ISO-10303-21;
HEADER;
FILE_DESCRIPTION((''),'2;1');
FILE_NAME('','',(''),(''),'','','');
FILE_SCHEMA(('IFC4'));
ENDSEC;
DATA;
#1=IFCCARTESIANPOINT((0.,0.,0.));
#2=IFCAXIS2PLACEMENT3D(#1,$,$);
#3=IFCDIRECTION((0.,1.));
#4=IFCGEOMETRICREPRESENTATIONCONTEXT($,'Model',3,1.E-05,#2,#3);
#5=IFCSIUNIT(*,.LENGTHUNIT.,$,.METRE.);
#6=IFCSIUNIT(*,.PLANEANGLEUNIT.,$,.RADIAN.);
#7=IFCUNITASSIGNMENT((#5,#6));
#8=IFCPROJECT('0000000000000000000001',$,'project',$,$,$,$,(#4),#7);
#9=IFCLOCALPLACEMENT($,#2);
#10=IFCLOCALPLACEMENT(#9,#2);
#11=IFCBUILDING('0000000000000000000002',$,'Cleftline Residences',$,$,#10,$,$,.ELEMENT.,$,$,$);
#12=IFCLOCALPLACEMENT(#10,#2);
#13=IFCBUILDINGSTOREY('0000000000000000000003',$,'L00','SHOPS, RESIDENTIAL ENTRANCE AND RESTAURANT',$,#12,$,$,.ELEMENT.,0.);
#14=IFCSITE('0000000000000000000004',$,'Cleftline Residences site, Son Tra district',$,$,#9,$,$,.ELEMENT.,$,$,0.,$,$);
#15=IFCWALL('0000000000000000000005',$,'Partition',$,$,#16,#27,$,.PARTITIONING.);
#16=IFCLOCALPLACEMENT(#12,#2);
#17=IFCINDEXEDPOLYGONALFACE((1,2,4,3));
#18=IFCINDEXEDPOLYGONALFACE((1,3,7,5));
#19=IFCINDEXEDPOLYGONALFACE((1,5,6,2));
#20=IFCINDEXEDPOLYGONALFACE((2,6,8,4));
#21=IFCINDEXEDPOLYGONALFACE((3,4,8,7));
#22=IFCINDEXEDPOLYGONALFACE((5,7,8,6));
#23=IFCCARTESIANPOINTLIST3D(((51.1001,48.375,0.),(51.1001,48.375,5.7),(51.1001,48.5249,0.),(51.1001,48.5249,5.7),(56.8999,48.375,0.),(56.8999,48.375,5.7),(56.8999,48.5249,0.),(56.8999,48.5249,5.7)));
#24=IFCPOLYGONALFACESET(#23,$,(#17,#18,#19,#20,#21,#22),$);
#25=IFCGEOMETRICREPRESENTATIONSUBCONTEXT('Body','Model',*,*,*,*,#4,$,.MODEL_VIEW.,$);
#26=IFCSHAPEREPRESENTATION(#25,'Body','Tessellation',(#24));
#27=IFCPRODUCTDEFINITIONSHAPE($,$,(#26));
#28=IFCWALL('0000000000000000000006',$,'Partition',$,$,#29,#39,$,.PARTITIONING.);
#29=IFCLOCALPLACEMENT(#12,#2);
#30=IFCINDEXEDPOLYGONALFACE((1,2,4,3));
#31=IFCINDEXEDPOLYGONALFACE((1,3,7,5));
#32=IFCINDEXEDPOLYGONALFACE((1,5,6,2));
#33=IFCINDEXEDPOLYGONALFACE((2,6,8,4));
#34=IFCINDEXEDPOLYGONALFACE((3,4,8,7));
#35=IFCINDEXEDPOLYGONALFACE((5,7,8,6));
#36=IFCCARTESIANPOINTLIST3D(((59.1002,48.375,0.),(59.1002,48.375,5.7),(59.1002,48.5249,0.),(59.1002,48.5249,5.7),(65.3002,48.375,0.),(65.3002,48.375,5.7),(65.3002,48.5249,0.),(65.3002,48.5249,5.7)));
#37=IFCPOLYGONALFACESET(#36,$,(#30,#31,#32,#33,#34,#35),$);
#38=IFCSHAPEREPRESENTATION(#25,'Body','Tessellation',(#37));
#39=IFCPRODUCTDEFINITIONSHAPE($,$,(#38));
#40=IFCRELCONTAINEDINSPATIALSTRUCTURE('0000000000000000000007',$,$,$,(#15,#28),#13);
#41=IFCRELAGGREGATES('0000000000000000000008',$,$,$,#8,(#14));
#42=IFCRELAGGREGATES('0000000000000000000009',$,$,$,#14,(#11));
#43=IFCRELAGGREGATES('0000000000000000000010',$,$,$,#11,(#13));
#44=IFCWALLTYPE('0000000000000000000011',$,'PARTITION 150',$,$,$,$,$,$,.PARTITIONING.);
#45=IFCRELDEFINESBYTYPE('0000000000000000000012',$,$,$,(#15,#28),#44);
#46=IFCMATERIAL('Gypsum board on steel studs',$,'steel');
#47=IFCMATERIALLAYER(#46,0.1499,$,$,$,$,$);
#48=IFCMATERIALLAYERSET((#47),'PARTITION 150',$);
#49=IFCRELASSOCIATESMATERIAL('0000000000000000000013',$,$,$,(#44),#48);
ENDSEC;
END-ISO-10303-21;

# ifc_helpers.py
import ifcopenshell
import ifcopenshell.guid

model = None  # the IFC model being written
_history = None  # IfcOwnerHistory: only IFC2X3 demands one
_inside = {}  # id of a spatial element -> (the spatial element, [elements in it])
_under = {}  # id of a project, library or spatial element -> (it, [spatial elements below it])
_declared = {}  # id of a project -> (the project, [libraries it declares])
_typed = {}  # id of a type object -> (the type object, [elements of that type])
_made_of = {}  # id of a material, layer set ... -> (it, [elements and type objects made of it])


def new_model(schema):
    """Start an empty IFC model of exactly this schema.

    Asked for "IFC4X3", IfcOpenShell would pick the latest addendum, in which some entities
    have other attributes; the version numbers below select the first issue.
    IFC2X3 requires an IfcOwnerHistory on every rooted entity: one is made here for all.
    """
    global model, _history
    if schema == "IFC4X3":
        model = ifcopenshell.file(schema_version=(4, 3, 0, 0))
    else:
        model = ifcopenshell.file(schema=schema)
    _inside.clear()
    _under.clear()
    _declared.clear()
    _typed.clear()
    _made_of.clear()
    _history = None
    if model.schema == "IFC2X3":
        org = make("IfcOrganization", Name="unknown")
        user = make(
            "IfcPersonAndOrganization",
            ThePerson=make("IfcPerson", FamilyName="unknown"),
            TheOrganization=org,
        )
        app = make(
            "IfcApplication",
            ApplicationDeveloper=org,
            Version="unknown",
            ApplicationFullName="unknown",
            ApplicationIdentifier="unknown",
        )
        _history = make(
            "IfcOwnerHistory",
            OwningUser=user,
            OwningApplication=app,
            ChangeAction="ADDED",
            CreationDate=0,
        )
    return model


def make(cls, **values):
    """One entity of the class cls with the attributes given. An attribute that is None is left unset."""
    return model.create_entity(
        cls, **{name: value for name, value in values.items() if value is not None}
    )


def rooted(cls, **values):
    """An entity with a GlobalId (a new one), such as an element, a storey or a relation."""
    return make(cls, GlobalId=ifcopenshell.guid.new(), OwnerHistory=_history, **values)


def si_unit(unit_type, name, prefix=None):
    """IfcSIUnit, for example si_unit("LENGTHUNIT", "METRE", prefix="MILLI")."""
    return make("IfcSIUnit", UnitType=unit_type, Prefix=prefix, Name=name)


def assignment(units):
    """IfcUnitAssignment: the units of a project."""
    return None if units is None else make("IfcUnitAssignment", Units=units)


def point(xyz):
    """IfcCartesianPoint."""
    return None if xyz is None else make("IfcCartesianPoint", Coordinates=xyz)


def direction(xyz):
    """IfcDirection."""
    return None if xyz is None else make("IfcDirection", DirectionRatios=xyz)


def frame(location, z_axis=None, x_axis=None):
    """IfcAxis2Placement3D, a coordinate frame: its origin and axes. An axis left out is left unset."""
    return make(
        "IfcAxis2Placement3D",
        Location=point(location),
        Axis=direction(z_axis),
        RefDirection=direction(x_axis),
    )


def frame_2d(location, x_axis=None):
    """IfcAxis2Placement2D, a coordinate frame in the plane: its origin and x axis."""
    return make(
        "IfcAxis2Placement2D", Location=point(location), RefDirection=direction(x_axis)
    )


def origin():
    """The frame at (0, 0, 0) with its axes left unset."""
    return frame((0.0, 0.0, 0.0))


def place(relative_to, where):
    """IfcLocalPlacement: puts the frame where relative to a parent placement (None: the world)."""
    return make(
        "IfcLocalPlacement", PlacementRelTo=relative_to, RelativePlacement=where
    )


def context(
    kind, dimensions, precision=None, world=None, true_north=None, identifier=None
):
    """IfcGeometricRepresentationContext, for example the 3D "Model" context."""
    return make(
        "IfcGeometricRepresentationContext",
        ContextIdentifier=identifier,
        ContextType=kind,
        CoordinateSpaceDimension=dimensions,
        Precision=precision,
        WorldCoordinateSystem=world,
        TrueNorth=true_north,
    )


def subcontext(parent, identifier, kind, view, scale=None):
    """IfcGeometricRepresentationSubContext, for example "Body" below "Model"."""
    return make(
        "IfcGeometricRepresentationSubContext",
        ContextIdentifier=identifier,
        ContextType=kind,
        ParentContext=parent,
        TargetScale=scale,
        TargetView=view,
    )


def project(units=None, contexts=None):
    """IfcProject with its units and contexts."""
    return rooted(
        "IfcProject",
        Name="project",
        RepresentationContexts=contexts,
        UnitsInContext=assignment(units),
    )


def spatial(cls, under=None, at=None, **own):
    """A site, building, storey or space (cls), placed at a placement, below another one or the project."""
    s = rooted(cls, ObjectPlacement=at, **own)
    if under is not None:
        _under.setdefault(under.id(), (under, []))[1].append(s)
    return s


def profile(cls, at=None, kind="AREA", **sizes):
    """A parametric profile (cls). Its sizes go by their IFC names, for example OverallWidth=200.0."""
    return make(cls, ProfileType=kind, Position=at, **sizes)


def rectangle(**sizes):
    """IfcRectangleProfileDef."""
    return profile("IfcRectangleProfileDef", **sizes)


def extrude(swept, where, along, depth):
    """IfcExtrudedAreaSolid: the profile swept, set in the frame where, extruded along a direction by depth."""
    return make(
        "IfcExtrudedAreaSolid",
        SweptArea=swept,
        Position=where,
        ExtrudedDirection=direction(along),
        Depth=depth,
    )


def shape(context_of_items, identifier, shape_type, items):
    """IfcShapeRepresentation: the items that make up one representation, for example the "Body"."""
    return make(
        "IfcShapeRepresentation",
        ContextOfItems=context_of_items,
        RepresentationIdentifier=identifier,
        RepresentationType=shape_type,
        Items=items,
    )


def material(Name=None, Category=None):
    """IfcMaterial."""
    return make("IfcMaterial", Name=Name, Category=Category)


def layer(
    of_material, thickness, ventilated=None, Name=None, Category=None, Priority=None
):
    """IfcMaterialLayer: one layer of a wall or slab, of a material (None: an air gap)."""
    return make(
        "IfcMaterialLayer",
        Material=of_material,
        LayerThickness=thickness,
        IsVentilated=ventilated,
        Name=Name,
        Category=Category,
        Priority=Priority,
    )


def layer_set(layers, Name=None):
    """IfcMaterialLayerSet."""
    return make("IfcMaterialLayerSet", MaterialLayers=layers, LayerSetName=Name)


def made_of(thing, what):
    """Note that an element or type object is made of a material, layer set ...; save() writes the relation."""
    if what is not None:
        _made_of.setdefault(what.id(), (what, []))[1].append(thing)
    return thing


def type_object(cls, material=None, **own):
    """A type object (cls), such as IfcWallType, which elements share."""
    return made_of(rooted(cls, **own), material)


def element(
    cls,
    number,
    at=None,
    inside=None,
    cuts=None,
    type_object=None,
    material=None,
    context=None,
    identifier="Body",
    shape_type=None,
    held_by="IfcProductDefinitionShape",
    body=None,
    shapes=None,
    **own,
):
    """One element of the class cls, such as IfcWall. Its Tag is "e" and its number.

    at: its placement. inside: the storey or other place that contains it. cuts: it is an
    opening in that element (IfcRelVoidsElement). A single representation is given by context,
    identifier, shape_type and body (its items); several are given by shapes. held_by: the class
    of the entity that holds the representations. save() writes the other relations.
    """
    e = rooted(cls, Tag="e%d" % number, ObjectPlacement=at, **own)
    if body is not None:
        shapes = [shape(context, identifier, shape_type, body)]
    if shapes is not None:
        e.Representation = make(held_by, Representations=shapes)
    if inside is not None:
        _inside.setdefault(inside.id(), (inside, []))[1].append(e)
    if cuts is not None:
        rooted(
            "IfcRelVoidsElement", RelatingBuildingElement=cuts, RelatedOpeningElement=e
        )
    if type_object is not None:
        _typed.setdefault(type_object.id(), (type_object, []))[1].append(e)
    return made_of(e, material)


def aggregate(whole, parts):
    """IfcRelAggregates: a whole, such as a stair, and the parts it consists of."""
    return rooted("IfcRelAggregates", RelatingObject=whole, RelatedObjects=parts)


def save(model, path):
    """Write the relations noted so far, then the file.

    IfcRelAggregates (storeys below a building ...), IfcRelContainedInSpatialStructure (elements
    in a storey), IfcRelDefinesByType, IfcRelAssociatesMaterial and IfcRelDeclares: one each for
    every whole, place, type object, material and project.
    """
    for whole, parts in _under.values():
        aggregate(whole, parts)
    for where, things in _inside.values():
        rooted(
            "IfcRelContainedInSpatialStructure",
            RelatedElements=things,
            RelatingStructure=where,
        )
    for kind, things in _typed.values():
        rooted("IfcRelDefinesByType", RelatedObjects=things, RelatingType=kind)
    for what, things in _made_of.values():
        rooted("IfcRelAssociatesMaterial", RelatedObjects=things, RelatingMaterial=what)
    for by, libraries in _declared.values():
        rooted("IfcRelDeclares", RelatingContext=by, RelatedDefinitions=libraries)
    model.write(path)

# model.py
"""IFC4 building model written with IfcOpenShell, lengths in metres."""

from ifc_helpers import new_model, si_unit, direction, frame, frame_2d, origin, place, context, subcontext, project, spatial, rectangle, extrude, material, layer, layer_set, type_object, element, save


model = new_model("IFC4")

# Units and contexts
model_context = context("Model", 3, precision=1e-05, world=origin(), true_north=direction((0.0, 1.0)))
body_context = subcontext(model_context, "Body", "Model", "MODEL_VIEW")
ifc_project = project(units=[si_unit("LENGTHUNIT", "METRE"), si_unit("PLANEANGLEUNIT", "RADIAN")], contexts=[model_context])

# Site, building, storey
site_placement = place(None, origin())
site = spatial("IfcSite", under=ifc_project, at=site_placement, Name="Cleftline Residences site, Son Tra district", CompositionType="ELEMENT", RefElevation=0.0)
building_placement = place(site_placement, origin())
building = spatial("IfcBuilding", under=site, at=building_placement, Name="Cleftline Residences", CompositionType="ELEMENT")
storey_placement = place(building_placement, origin())
storey = spatial("IfcBuildingStorey", under=building, at=storey_placement, Name="L00", Description="SHOPS, RESIDENTIAL ENTRANCE AND RESTAURANT", CompositionType="ELEMENT", Elevation=0.0)

# Walls
ifc_material_1 = material(Name="Gypsum board on steel studs", Category="steel")
ifc_layer = layer(ifc_material_1, 0.1499)
ifc_layer_set = layer_set([ifc_layer], Name="PARTITION 150")
wall_type = type_object("IfcWallType", Name="PARTITION 150", PredefinedType="PARTITIONING", material=ifc_layer_set)
wall_1_placement = place(storey_placement, frame((51.1001, 48.45, 0.0), z_axis=(0.0, 0.0, 1.0), x_axis=(1.0, 0.0, 0.0)))
element("IfcWall", 1, at=wall_1_placement, inside=storey, type_object=wall_type, Name="Partition", PredefinedType="PARTITIONING", context=body_context, shape_type="SweptSolid", body=[
    extrude(rectangle(XDim=5.7998, YDim=0.1499, at=frame_2d((2.8999, 0.0))), origin(), (0.0, 0.0, 1.0), 5.7),
])
wall_2_placement = place(storey_placement, frame((59.1001, 48.45, 0.0), z_axis=(0.0, 0.0, 1.0), x_axis=(1.0, 0.0, 0.0)))
element("IfcWall", 2, at=wall_2_placement, inside=storey, type_object=wall_type, Name="Partition", PredefinedType="PARTITIONING", context=body_context, shape_type="SweptSolid", body=[
    extrude(rectangle(XDim=6.2, YDim=0.1499, at=frame_2d((3.1001, 0.0))), origin(), (0.0, 0.0, 1.0), 5.7),
])

save(model, "model.ifc")
